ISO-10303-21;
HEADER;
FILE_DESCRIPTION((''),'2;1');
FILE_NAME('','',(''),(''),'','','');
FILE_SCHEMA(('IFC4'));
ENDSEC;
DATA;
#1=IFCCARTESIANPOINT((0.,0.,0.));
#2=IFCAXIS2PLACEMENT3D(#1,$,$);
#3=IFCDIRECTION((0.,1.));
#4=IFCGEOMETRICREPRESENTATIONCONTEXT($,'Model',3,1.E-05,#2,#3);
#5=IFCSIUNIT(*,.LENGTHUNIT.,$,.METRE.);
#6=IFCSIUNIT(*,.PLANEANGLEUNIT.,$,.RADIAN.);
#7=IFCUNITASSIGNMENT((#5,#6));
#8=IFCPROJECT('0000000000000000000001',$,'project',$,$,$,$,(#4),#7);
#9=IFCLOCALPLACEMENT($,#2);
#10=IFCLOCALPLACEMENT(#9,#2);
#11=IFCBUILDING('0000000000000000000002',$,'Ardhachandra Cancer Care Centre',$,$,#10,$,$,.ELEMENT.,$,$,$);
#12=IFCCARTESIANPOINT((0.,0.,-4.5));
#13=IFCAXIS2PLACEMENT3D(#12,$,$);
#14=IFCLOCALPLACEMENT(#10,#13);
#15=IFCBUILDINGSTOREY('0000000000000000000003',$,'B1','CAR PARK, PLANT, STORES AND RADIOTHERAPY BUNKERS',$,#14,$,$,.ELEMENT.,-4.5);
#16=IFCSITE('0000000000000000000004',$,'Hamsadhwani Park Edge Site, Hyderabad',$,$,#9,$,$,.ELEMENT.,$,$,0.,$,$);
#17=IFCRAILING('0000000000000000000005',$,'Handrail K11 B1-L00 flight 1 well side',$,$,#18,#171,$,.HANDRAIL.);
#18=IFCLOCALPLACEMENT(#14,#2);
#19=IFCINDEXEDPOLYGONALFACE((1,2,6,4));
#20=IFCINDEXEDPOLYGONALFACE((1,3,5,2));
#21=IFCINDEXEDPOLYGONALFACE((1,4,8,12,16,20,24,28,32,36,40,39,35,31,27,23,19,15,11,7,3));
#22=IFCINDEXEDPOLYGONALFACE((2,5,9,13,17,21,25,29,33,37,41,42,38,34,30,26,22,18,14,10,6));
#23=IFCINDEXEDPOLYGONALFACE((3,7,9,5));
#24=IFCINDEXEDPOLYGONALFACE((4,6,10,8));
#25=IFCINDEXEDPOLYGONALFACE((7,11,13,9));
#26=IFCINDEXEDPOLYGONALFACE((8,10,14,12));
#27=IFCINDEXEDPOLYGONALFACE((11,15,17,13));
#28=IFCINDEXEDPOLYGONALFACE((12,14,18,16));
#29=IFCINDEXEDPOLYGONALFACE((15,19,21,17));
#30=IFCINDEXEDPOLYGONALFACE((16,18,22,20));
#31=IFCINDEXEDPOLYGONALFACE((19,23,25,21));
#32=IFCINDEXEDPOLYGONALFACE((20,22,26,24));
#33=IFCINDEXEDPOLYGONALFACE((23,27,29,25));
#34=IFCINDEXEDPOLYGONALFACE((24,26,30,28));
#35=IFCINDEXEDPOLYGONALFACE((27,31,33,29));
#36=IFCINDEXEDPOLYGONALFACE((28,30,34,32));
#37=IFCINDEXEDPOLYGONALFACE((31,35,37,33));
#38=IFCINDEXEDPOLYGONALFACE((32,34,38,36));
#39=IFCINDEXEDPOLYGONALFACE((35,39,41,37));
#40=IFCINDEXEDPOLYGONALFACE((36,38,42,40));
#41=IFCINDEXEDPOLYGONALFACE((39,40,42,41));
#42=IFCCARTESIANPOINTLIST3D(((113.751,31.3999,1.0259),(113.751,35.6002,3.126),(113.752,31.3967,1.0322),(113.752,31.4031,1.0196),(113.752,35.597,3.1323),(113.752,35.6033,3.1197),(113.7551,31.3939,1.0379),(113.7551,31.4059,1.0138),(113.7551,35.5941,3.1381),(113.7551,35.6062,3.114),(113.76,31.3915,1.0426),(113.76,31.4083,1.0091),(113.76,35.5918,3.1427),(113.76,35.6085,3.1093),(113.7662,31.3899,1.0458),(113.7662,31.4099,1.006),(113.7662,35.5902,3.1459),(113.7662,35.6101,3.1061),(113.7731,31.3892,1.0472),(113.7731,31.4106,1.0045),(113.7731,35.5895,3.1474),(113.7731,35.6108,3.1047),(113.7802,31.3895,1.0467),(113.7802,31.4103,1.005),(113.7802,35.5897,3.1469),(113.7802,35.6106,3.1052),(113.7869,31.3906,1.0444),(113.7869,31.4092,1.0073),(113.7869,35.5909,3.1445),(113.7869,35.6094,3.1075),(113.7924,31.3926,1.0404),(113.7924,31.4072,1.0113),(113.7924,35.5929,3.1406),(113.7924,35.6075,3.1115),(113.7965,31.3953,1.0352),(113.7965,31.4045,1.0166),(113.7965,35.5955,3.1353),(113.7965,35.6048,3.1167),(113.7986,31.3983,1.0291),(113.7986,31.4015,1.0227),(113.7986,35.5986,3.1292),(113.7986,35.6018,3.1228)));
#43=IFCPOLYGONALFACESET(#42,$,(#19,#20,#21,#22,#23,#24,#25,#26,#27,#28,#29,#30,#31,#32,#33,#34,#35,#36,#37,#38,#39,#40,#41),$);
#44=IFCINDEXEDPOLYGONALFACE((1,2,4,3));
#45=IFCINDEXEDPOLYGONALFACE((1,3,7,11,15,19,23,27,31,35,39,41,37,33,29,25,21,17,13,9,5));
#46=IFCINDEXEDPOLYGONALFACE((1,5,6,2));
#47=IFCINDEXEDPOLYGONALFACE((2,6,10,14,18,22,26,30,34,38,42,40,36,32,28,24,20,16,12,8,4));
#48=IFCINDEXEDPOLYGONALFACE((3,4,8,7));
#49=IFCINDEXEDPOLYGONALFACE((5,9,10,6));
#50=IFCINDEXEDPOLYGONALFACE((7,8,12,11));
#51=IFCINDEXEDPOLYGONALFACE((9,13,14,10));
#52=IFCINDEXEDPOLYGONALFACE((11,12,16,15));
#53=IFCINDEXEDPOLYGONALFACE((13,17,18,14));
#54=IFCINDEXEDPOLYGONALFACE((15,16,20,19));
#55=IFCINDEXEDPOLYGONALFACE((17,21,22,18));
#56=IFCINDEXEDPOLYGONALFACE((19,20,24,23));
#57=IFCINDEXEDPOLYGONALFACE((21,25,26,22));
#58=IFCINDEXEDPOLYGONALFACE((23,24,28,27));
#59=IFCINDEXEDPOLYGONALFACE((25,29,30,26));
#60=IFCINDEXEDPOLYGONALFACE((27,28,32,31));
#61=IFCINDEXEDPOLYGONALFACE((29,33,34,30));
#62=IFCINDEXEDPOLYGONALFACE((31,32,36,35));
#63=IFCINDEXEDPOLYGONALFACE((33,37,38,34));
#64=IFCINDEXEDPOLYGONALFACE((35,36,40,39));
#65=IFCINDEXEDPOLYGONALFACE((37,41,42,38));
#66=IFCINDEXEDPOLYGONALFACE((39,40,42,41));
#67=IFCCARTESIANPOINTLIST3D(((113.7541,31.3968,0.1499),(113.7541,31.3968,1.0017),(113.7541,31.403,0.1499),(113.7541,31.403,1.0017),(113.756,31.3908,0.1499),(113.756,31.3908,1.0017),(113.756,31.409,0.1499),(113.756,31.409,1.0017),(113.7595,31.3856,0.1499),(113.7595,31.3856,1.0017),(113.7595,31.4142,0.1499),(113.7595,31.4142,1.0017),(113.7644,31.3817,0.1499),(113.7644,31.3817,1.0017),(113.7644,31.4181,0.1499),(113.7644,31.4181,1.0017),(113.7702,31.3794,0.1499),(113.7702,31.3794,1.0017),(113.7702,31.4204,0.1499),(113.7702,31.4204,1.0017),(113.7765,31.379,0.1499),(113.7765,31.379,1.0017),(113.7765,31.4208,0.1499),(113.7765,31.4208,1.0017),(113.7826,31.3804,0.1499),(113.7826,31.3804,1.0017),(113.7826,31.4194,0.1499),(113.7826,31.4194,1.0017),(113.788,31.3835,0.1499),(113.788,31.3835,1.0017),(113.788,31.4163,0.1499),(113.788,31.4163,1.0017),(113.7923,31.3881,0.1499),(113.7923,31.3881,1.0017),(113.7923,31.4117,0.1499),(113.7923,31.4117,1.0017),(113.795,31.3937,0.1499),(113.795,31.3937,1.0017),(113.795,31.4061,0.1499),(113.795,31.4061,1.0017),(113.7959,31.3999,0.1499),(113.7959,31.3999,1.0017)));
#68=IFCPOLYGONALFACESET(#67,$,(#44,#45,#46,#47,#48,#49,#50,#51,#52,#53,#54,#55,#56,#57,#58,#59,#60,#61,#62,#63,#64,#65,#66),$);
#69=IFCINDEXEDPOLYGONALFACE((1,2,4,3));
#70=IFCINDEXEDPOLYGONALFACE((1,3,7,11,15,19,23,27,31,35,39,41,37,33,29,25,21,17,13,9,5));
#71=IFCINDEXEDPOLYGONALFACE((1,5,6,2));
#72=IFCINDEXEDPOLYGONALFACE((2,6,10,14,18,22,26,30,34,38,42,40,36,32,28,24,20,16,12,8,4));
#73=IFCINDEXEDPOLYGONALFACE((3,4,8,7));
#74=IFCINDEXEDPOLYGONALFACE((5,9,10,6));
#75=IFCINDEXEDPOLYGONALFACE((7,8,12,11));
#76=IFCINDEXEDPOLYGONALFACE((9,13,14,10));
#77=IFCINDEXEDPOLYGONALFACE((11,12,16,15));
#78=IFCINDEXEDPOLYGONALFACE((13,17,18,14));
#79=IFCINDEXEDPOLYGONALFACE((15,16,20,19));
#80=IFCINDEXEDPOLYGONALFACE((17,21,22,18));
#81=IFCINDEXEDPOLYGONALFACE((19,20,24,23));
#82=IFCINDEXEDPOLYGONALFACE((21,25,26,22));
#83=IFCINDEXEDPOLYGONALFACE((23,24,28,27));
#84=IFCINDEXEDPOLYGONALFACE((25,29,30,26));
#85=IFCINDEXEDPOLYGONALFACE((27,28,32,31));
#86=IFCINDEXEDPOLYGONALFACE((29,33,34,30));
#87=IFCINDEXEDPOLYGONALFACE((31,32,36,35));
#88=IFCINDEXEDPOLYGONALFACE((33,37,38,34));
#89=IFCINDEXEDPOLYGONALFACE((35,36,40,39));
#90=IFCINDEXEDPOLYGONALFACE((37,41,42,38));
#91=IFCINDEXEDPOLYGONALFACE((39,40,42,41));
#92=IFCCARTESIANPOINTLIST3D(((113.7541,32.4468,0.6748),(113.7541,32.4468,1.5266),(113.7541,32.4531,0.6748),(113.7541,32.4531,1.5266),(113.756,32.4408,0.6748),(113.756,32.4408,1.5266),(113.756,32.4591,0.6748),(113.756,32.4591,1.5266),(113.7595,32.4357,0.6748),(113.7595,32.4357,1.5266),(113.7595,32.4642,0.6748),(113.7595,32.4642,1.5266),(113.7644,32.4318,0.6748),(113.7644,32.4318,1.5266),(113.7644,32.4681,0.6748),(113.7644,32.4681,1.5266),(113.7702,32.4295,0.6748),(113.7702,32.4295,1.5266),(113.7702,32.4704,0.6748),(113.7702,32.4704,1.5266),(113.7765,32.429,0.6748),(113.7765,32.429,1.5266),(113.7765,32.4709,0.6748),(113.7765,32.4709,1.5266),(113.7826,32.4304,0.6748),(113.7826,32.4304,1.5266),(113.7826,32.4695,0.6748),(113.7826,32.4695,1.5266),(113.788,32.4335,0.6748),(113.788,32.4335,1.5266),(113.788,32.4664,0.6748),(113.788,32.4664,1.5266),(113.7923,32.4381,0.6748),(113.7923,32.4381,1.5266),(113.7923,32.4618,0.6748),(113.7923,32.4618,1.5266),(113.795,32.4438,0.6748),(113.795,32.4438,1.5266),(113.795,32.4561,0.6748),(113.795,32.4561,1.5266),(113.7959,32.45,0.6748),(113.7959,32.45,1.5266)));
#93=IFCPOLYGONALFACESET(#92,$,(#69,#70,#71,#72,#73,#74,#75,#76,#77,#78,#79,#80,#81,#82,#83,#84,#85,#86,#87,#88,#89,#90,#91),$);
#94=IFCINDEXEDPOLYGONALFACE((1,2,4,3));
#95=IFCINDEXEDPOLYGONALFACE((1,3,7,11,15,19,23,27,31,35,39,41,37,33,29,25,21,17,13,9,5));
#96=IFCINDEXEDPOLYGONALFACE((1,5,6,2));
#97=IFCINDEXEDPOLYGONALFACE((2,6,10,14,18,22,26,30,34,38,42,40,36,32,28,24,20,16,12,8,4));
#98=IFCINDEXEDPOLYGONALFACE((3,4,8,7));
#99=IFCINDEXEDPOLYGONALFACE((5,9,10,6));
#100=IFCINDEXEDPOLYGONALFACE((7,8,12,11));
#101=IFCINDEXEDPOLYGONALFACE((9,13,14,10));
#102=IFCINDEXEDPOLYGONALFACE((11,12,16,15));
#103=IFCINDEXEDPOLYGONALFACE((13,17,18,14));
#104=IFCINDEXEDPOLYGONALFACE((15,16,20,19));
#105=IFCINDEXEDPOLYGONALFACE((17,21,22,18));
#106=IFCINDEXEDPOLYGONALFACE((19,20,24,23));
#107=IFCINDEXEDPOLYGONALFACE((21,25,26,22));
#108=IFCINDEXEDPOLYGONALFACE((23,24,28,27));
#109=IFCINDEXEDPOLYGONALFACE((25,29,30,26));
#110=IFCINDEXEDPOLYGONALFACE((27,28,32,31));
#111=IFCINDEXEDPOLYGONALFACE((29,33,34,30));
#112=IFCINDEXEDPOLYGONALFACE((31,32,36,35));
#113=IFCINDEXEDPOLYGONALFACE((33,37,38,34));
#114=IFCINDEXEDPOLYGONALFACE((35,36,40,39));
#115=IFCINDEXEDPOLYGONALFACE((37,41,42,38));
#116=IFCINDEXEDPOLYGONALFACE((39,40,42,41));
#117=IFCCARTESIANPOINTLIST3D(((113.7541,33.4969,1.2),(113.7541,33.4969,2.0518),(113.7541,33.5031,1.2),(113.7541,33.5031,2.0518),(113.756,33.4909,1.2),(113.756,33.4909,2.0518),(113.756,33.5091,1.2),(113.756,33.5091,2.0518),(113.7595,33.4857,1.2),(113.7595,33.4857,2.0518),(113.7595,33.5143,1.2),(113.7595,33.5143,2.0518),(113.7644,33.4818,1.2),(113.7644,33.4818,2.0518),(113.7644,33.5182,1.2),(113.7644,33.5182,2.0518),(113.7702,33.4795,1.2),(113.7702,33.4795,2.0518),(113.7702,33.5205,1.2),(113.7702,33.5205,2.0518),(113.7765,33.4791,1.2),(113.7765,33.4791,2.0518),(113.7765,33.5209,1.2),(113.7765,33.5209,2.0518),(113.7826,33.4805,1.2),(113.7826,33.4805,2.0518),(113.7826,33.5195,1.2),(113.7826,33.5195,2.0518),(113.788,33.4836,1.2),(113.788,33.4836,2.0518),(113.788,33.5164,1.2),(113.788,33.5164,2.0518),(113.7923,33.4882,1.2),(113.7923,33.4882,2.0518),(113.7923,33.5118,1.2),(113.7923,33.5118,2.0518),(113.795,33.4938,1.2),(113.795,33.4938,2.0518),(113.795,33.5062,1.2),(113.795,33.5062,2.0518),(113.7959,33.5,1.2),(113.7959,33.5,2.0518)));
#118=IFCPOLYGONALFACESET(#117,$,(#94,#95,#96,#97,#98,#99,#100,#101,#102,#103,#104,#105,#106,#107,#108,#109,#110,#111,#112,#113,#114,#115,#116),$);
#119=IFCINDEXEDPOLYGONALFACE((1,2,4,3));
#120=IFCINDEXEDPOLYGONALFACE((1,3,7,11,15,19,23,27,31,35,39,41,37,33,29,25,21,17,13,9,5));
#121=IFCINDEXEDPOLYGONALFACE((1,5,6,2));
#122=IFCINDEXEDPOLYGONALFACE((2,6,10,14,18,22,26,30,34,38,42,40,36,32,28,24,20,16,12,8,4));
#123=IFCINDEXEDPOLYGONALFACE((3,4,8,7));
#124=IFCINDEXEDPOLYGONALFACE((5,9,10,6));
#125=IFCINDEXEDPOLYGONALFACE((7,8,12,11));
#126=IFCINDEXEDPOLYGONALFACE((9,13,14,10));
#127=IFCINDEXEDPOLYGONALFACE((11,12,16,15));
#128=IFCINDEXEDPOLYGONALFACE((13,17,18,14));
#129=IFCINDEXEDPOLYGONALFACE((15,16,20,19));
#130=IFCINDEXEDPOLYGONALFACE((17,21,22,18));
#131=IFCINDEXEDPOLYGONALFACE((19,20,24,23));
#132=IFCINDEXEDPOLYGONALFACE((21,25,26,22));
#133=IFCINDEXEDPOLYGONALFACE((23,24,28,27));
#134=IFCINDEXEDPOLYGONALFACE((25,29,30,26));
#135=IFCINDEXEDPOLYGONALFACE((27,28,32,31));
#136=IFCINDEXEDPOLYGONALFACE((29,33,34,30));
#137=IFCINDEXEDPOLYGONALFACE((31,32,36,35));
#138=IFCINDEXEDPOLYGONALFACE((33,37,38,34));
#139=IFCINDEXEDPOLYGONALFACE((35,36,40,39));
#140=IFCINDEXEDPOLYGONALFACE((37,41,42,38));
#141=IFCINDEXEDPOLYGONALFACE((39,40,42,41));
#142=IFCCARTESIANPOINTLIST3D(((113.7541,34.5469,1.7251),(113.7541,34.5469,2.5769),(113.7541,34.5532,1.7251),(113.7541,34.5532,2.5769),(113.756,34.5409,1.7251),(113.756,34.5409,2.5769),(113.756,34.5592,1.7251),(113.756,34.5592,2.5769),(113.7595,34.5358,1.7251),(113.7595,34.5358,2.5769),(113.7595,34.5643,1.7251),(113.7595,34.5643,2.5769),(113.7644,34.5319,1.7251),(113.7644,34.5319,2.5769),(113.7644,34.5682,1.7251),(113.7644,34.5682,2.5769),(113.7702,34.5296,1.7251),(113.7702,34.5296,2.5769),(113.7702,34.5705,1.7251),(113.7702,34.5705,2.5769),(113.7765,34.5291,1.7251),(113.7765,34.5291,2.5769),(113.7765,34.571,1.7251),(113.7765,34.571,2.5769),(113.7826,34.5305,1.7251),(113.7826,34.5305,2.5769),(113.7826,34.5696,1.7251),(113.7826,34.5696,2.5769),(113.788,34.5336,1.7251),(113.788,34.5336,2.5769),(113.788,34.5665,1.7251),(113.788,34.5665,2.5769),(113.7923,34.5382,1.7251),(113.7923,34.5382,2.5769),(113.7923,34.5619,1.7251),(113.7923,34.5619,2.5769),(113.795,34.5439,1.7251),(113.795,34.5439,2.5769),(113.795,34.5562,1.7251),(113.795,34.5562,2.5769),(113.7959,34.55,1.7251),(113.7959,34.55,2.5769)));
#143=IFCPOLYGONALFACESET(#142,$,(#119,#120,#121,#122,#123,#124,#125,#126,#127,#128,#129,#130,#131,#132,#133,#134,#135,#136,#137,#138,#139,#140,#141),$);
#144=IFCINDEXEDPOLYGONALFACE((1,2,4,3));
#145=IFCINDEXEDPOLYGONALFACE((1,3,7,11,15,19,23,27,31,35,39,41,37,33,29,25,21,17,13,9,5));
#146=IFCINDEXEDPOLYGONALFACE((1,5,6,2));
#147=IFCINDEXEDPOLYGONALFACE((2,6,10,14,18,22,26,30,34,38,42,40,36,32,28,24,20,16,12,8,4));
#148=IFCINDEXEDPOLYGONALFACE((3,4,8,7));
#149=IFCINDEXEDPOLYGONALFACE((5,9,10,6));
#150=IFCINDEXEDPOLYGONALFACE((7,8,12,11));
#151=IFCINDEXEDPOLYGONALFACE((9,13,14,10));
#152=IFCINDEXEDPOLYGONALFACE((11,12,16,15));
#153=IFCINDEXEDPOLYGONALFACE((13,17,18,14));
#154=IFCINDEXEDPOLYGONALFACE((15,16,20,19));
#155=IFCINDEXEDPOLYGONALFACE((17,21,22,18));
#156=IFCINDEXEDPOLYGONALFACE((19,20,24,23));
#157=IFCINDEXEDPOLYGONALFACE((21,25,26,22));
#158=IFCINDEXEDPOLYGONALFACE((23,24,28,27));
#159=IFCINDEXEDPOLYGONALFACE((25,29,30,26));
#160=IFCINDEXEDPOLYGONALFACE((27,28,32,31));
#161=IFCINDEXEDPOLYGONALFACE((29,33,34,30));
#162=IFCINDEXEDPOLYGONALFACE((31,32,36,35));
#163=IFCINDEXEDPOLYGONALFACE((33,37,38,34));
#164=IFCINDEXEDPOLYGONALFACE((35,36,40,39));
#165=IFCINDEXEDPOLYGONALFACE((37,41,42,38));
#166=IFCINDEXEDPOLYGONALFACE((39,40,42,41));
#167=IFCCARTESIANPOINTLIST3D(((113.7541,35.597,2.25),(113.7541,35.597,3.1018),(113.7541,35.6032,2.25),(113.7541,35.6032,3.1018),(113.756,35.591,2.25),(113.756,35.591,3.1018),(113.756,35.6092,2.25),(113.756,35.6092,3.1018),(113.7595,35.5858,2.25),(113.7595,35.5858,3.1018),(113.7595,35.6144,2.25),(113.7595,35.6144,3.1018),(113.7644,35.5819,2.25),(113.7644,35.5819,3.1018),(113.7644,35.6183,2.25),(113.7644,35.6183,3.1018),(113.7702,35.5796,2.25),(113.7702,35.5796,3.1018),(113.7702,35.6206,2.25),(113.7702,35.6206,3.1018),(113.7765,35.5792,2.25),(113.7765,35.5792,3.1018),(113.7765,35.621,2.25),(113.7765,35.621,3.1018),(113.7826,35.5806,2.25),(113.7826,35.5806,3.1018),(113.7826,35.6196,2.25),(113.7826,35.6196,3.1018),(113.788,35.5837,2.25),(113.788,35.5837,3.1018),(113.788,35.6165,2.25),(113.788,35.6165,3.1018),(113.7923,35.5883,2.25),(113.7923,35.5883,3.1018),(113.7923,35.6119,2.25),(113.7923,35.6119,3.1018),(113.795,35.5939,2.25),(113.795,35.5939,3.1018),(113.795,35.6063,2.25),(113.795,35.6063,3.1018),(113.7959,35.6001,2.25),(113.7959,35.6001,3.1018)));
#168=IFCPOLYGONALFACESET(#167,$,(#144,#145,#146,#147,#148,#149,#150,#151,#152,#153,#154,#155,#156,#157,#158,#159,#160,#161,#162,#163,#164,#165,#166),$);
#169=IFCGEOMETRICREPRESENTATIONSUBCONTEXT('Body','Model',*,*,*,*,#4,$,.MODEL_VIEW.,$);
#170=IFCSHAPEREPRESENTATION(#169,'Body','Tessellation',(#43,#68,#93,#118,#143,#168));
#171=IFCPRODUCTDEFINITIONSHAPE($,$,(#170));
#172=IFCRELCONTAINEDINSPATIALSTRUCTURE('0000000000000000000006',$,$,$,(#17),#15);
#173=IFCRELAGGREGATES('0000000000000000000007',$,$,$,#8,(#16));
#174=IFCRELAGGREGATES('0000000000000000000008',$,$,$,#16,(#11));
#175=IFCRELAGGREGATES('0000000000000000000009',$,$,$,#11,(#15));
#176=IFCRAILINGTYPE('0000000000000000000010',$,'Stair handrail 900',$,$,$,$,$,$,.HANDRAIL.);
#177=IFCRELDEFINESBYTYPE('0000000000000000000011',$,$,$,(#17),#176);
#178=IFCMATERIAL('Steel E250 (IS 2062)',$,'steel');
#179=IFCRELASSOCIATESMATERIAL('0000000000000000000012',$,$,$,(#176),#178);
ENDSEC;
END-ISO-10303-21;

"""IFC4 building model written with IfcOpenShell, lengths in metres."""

from ifc_helpers import new_model, si_unit, direction, frame, origin, origin_2d, place, context, subcontext, project, spatial, circle, extrude, material, type_object, element, save


model = new_model("IFC4")

# Units and contexts
model_context = context("Model", 3, precision=1e-05, world=origin(), true_north=direction((0.0, 1.0)))
body_context = subcontext(model_context, "Body", "Model", "MODEL_VIEW")
ifc_project = project(units=[si_unit("LENGTHUNIT", "METRE"), si_unit("PLANEANGLEUNIT", "RADIAN")], contexts=[model_context])

# Site, building, storey
site_placement = place(None, origin())
site = spatial("IfcSite", under=ifc_project, at=site_placement, Name="Hamsadhwani Park Edge Site, Hyderabad", CompositionType="ELEMENT", RefElevation=0.0)
building_placement = place(site_placement, origin())
building = spatial("IfcBuilding", under=site, at=building_placement, Name="Ardhachandra Cancer Care Centre", CompositionType="ELEMENT")
storey_placement = place(building_placement, frame((0.0, 0.0, -4.5)))
storey = spatial("IfcBuildingStorey", under=building, at=storey_placement, Name="B1", Description="CAR PARK, PLANT, STORES AND RADIOTHERAPY BUNKERS", CompositionType="ELEMENT", Elevation=-4.5)

# Railing
ifc_material_1 = material(Name="Steel E250 (IS 2062)", Category="steel")
railing_type = type_object("IfcRailingType", Name="Stair handrail 900", PredefinedType="HANDRAIL", material=ifc_material_1)
for number, where, name in (
    (1, (113.7749, 31.3999, 0.1499), "Handrail K11 B1-L00 flight 1 well side"),
):
    element("IfcRailing", number, at=place(storey_placement, frame(where)), inside=storey, type_object=railing_type, Name=name, PredefinedType="HANDRAIL", context=body_context, shape_type="SweptSolid", body=[
        extrude(circle(Radius=0.0239, at=origin_2d()), frame((0.0, 0.0, 0.876), z_axis=(0.0, 0.894427, 0.447214), x_axis=(-1.0, 0.0, 0.0)), (0.0, 0.0, 1.0), 4.696),
        extrude(circle(Radius=0.021, at=origin_2d()), origin(), (0.0, 0.0, 1.0), 0.8518),
        extrude(circle(Radius=0.021, at=origin_2d()), frame((0.0, 1.05, 0.5249)), (0.0, 0.0, 1.0), 0.8518),
        extrude(circle(Radius=0.021, at=origin_2d()), frame((0.0, 2.1001, 1.05)), (0.0, 0.0, 1.0), 0.8518),
        extrude(circle(Radius=0.021, at=origin_2d()), frame((0.0, 3.1501, 1.5752)), (0.0, 0.0, 1.0), 0.8518),
        extrude(circle(Radius=0.021, at=origin_2d()), frame((0.0, 4.2002, 2.1001)), (0.0, 0.0, 1.0), 0.8518),
    ])

save(model, "model.ifc")
